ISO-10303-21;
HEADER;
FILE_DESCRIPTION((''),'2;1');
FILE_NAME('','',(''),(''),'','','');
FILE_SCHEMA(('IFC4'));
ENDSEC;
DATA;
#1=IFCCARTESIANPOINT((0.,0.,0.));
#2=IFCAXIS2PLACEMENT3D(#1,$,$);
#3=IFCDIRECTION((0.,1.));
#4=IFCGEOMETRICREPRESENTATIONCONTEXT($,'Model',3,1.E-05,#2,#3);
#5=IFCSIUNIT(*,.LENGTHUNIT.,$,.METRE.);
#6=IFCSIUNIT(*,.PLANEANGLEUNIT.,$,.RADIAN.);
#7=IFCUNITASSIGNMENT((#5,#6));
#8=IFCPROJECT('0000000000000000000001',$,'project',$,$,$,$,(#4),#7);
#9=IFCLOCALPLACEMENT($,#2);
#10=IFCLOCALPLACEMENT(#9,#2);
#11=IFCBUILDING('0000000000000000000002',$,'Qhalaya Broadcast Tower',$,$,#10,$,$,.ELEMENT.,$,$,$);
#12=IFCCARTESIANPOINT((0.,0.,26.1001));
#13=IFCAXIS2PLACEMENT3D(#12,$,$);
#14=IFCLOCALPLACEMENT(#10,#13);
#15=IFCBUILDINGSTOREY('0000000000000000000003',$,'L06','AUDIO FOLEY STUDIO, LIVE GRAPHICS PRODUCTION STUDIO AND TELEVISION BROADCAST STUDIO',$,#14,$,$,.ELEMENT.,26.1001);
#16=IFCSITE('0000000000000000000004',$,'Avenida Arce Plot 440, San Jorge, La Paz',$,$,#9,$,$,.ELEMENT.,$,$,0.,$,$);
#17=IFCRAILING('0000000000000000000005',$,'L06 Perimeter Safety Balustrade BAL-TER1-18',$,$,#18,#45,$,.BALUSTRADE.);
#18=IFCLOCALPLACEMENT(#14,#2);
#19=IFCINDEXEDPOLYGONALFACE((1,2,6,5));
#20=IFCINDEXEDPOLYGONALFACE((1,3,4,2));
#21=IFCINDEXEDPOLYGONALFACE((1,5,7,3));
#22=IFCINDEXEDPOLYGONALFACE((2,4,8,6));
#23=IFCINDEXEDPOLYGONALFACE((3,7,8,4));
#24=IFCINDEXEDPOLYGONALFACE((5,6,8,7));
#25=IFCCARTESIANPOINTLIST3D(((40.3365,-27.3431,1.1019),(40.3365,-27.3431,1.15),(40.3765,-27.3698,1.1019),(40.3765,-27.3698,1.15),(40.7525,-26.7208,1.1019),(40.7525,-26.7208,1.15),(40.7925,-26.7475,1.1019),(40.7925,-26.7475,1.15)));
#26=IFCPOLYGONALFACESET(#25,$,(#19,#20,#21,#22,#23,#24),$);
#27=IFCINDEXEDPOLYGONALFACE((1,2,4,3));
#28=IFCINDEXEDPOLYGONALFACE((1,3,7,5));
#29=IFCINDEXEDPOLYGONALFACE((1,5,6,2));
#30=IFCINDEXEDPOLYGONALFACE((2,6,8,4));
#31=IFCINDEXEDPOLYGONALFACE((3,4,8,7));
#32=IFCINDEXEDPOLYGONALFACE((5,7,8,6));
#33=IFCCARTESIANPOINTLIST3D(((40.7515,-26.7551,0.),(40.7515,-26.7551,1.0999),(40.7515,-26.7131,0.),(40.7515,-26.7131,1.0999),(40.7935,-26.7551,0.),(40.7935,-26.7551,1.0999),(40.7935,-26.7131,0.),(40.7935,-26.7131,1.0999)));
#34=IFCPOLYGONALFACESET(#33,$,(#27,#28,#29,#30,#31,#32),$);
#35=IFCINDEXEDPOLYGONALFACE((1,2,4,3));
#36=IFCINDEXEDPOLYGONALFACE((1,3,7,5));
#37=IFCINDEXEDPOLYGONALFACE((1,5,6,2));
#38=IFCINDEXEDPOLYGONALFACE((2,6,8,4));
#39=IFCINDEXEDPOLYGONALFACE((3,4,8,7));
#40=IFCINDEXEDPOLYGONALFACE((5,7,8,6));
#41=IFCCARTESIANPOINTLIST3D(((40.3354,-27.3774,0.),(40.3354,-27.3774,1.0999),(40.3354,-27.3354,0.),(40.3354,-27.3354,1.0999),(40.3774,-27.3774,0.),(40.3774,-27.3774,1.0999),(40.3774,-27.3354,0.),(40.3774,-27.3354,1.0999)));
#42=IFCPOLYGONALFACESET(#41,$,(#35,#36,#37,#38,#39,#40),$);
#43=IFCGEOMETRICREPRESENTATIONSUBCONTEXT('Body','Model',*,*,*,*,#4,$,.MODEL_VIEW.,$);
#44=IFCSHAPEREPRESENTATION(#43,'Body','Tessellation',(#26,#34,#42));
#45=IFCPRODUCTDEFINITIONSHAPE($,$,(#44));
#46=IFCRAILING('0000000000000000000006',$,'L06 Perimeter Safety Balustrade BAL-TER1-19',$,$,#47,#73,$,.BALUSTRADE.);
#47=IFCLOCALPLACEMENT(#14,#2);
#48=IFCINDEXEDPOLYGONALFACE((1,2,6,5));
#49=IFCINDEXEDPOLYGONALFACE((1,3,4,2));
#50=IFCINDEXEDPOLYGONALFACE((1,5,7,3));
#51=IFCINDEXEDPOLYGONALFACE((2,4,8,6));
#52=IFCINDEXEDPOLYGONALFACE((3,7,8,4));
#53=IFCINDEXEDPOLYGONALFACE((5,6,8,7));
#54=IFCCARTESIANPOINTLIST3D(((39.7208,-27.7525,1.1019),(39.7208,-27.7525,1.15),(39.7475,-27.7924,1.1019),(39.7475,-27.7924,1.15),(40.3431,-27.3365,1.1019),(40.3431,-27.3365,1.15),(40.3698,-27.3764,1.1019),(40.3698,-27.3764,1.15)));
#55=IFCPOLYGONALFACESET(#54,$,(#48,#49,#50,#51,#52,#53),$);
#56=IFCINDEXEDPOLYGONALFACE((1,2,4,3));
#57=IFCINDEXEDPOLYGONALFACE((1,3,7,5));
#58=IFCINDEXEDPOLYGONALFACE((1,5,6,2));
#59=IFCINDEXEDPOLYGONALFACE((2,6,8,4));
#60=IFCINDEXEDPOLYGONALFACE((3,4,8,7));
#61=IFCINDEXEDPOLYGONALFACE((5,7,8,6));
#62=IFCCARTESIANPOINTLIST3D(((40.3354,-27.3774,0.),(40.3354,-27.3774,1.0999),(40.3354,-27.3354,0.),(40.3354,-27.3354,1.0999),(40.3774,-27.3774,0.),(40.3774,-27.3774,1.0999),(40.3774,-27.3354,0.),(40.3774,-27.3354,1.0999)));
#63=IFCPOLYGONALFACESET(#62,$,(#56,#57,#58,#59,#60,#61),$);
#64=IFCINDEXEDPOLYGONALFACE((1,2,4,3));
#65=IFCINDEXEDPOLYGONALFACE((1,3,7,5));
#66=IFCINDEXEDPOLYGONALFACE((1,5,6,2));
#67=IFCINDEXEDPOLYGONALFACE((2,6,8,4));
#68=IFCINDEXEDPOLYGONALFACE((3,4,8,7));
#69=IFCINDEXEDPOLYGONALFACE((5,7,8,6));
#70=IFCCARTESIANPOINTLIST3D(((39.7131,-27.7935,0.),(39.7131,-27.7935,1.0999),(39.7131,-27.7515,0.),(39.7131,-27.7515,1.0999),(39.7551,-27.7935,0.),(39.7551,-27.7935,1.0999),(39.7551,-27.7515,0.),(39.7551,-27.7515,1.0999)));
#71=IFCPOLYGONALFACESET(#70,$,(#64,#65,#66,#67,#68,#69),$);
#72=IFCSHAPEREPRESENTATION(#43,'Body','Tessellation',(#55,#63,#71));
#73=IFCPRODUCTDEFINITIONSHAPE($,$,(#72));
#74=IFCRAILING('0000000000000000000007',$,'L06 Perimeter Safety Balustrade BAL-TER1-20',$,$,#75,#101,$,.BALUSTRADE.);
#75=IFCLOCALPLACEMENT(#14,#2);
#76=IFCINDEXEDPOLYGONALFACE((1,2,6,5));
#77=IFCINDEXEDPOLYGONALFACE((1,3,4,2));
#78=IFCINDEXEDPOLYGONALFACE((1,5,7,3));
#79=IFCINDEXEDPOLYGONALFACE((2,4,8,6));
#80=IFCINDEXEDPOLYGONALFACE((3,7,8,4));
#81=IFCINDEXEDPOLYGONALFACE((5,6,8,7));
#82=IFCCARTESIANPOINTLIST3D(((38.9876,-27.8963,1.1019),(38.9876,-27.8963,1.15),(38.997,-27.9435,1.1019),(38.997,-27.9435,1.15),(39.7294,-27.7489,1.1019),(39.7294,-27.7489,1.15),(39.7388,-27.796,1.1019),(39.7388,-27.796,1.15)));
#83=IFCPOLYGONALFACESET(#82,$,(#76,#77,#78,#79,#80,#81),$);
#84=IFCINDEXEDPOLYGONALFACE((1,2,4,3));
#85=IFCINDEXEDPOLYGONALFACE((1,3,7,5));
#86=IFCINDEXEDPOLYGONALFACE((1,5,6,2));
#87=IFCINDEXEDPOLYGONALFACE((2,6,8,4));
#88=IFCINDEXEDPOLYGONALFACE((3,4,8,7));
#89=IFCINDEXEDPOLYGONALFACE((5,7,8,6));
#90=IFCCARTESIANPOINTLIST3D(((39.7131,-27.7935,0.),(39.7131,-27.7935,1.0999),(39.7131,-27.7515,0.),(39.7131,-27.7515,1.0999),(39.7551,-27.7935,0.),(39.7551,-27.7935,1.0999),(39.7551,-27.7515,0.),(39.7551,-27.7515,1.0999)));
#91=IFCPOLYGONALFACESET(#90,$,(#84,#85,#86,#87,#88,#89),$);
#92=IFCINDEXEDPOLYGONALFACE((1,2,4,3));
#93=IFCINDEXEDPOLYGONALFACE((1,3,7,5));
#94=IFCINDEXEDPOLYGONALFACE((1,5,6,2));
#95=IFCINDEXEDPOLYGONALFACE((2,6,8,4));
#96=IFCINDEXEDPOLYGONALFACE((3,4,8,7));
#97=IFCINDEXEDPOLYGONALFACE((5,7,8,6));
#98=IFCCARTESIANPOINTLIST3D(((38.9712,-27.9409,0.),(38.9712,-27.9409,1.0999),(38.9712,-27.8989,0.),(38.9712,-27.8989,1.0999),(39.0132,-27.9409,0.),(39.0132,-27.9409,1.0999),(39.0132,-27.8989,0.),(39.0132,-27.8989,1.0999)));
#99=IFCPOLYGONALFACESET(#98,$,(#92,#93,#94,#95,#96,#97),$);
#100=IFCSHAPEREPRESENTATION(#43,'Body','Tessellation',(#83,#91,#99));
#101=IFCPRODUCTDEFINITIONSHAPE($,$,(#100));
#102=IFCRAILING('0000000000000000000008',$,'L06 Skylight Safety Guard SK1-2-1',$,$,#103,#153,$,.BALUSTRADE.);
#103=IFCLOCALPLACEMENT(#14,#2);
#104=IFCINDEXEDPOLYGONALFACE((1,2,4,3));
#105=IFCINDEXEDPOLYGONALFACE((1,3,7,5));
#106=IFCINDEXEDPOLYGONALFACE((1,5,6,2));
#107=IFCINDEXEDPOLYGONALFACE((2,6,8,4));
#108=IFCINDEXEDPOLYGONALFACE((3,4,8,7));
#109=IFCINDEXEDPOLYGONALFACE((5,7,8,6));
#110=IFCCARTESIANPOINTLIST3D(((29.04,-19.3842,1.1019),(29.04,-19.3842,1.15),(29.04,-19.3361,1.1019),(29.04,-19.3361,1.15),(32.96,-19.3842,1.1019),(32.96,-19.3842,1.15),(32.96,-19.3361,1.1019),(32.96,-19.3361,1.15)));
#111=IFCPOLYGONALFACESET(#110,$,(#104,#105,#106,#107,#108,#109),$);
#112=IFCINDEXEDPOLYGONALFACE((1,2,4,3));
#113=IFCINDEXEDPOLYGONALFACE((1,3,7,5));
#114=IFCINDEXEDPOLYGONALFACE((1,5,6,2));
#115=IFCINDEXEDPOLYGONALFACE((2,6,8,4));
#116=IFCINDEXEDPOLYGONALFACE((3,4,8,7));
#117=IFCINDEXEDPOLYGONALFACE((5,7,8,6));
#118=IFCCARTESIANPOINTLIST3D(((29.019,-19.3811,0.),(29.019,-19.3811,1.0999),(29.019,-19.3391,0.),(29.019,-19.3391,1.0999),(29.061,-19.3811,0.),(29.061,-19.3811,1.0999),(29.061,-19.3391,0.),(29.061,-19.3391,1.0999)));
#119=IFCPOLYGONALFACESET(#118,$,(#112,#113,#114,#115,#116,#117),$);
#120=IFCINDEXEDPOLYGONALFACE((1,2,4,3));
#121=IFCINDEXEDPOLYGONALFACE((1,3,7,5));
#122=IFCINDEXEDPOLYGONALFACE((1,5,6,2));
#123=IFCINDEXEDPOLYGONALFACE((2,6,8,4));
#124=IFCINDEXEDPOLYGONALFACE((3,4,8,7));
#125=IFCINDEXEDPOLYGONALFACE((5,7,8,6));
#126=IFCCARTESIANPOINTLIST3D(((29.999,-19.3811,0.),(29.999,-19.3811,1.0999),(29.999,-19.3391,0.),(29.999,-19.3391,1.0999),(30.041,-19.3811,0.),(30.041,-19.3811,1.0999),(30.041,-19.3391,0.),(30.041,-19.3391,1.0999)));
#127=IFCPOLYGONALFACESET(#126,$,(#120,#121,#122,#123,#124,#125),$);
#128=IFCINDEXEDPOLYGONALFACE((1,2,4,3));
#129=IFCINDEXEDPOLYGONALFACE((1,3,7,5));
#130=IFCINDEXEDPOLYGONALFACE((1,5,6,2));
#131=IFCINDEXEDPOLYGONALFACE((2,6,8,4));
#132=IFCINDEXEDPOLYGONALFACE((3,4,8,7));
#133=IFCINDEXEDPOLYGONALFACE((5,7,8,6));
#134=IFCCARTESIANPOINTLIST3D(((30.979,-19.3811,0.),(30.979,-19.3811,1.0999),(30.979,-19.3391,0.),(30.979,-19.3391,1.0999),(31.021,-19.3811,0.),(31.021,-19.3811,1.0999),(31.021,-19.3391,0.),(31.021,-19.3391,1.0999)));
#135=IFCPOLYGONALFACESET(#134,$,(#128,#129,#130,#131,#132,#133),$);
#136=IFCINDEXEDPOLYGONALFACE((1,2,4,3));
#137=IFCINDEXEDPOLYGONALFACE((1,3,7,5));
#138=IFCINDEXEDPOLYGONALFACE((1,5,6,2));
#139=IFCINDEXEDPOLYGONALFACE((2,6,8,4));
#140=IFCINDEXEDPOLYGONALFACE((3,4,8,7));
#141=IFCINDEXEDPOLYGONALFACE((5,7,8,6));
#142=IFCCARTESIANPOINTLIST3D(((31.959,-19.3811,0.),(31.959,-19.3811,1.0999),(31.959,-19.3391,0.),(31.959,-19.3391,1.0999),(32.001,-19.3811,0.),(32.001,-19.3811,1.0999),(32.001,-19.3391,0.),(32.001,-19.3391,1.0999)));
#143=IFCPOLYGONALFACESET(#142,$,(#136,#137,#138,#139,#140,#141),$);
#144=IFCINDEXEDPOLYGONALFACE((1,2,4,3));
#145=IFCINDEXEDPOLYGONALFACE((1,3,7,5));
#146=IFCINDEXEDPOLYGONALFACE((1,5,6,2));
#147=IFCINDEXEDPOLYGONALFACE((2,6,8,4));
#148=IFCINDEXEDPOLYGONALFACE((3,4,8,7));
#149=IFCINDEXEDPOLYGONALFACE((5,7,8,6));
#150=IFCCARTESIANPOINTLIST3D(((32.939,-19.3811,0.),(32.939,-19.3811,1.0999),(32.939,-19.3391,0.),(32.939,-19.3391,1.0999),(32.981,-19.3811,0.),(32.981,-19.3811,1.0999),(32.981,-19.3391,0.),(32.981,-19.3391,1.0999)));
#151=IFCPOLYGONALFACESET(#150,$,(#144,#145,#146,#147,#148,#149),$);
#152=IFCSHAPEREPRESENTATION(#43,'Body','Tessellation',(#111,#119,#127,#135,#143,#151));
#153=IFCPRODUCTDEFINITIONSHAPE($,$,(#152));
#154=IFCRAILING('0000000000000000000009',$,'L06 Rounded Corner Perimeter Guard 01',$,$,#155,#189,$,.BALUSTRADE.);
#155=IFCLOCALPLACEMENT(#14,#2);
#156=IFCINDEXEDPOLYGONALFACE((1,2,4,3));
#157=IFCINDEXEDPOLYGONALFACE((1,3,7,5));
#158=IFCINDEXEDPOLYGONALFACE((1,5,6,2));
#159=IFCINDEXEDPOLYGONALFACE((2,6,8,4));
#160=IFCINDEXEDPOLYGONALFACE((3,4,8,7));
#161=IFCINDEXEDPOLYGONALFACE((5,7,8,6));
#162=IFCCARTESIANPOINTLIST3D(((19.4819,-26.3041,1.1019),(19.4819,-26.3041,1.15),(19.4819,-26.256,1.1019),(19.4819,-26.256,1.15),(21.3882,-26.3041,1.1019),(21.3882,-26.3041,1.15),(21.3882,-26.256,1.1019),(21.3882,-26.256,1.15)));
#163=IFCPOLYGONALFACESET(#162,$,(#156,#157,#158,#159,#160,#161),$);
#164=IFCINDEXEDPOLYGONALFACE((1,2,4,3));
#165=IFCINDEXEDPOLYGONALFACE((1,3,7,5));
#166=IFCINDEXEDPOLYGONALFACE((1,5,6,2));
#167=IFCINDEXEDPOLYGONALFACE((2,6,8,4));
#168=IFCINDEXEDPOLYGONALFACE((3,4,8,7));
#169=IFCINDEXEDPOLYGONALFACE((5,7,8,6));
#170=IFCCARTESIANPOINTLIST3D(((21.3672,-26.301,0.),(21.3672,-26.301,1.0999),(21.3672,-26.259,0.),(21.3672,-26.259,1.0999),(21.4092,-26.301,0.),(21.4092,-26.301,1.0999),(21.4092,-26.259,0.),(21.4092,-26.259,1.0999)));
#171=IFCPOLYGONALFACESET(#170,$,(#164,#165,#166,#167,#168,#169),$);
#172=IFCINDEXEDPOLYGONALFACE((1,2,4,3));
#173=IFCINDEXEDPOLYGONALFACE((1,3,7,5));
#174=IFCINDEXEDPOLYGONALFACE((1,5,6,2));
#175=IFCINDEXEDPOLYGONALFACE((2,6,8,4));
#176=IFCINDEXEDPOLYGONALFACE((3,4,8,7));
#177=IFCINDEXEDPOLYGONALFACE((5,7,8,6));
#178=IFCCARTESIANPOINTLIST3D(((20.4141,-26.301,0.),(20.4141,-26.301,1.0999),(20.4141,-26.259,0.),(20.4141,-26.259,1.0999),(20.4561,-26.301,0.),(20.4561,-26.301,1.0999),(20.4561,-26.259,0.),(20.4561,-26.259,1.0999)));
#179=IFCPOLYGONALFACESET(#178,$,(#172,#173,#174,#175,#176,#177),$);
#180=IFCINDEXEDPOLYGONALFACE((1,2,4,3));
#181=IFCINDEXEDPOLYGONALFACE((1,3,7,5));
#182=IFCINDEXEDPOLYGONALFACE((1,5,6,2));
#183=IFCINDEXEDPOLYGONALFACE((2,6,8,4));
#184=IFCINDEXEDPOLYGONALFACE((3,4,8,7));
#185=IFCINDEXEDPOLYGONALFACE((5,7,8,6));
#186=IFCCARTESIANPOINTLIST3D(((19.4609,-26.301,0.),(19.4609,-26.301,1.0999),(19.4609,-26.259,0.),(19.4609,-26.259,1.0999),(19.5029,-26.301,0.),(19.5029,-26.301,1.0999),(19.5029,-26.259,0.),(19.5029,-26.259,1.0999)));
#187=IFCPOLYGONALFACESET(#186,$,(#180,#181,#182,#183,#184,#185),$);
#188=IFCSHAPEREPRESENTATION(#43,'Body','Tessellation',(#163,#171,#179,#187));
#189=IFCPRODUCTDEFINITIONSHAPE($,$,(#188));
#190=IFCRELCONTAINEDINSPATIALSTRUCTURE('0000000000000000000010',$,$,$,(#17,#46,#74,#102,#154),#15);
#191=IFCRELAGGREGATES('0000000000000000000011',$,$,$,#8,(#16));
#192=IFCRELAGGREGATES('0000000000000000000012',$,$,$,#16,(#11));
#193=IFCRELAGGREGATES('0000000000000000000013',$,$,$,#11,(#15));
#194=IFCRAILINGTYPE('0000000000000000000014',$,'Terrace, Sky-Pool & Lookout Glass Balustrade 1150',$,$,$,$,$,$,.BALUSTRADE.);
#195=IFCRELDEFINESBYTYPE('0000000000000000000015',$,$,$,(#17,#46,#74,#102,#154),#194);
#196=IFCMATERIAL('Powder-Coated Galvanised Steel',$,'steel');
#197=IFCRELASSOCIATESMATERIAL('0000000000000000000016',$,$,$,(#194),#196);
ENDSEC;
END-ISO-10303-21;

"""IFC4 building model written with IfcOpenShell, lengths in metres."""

from ifc_helpers import new_model, si_unit, direction, frame, origin, origin_2d, place, context, subcontext, project, spatial, rectangle, extrude, material, type_object, element, save


model = new_model("IFC4")

# Units and contexts
model_context = context("Model", 3, precision=1e-05, world=origin(), true_north=direction((0.0, 1.0)))
body_context = subcontext(model_context, "Body", "Model", "MODEL_VIEW")
ifc_project = project(units=[si_unit("LENGTHUNIT", "METRE"), si_unit("PLANEANGLEUNIT", "RADIAN")], contexts=[model_context])

# Site, building, storey
site_placement = place(None, origin())
site = spatial("IfcSite", under=ifc_project, at=site_placement, Name="Avenida Arce Plot 440, San Jorge, La Paz", CompositionType="ELEMENT", RefElevation=0.0)
building_placement = place(site_placement, origin())
building = spatial("IfcBuilding", under=site, at=building_placement, Name="Qhalaya Broadcast Tower", CompositionType="ELEMENT")
storey_placement = place(building_placement, frame((0.0, 0.0, 26.1001)))
storey = spatial("IfcBuildingStorey", under=building, at=storey_placement, Name="L06", Description="AUDIO FOLEY STUDIO, LIVE GRAPHICS PRODUCTION STUDIO AND TELEVISION BROADCAST STUDIO", CompositionType="ELEMENT", Elevation=26.1001)

# Railings
ifc_material_1 = material(Name="Powder-Coated Galvanised Steel", Category="steel")
railing_type = type_object("IfcRailingType", Name="Terrace, Sky-Pool & Lookout Glass Balustrade 1150", PredefinedType="BALUSTRADE", material=ifc_material_1)
railing_1_placement = place(storey_placement, frame((40.7725, -26.7341, 0.0)))
element("IfcRailing", 1, at=railing_1_placement, inside=storey, type_object=railing_type, Name="L06 Perimeter Safety Balustrade BAL-TER1-18", PredefinedType="BALUSTRADE", context=body_context, shape_type="SweptSolid", body=[
    extrude(rectangle(XDim=0.0481, YDim=0.0481, at=origin_2d()), frame((0.0, 0.0, 1.126), z_axis=(-0.555753, -0.831347, 0.0), x_axis=(0.831347, -0.555753, 0.0)), (0.0, 0.0, 1.0), 0.7485),
    extrude(rectangle(XDim=0.042, YDim=0.042, at=origin_2d()), origin(), (0.0, 0.0, 1.0), 1.0999),
    extrude(rectangle(XDim=0.042, YDim=0.042, at=origin_2d()), frame((-0.416, -0.6223, 0.0)), (0.0, 0.0, 1.0), 1.0999),
])
railing_2_placement = place(storey_placement, frame((40.3564, -27.3564, 0.0)))
element("IfcRailing", 2, at=railing_2_placement, inside=storey, type_object=railing_type, Name="L06 Perimeter Safety Balustrade BAL-TER1-19", PredefinedType="BALUSTRADE", context=body_context, shape_type="SweptSolid", body=[
    extrude(rectangle(XDim=0.0481, YDim=0.0481, at=origin_2d()), frame((0.0, 0.0, 1.126), z_axis=(-0.831347, -0.555753, 0.0), x_axis=(0.555753, -0.831347, 0.0)), (0.0, 0.0, 1.0), 0.7485),
    extrude(rectangle(XDim=0.042, YDim=0.042, at=origin_2d()), origin(), (0.0, 0.0, 1.0), 1.0999),
    extrude(rectangle(XDim=0.042, YDim=0.042, at=origin_2d()), frame((-0.6223, -0.416, 0.0)), (0.0, 0.0, 1.0), 1.0999),
])
railing_3_placement = place(storey_placement, frame((39.7341, -27.7725, 0.0)))
element("IfcRailing", 3, at=railing_3_placement, inside=storey, type_object=railing_type, Name="L06 Perimeter Safety Balustrade BAL-TER1-20", PredefinedType="BALUSTRADE", context=body_context, shape_type="SweptSolid", body=[
    extrude(rectangle(XDim=0.0481, YDim=0.0481, at=origin_2d()), frame((0.0, 0.0, 1.126), z_axis=(-0.980816, -0.194937, 0.0), x_axis=(0.194937, -0.980816, 0.0)), (0.0, 0.0, 1.0), 0.7563),
    extrude(rectangle(XDim=0.042, YDim=0.042, at=origin_2d()), origin(), (0.0, 0.0, 1.0), 1.0999),
    extrude(rectangle(XDim=0.042, YDim=0.042, at=origin_2d()), frame((-0.7419, -0.1475, 0.0)), (0.0, 0.0, 1.0), 1.0999),
])
railing_4_placement = place(storey_placement, frame((29.04, -19.3601, 0.0)))
element("IfcRailing", 4, at=railing_4_placement, inside=storey, type_object=railing_type, Name="L06 Skylight Safety Guard SK1-2-1", PredefinedType="BALUSTRADE", context=body_context, shape_type="SweptSolid", body=[
    extrude(rectangle(XDim=0.0481, YDim=0.0481, at=origin_2d()), frame((0.0, 0.0, 1.126), z_axis=(1.0, 0.0, 0.0), x_axis=(0.0, 1.0, 0.0)), (0.0, 0.0, 1.0), 3.9199),
    extrude(rectangle(XDim=0.042, YDim=0.042, at=origin_2d()), origin(), (0.0, 0.0, 1.0), 1.0999),
    extrude(rectangle(XDim=0.042, YDim=0.042, at=origin_2d()), frame((0.98, 0.0, 0.0)), (0.0, 0.0, 1.0), 1.0999),
    extrude(rectangle(XDim=0.042, YDim=0.042, at=origin_2d()), frame((1.96, 0.0, 0.0)), (0.0, 0.0, 1.0), 1.0999),
    extrude(rectangle(XDim=0.042, YDim=0.042, at=origin_2d()), frame((2.9399, 0.0, 0.0)), (0.0, 0.0, 1.0), 1.0999),
    extrude(rectangle(XDim=0.042, YDim=0.042, at=origin_2d()), frame((3.9199, 0.0, 0.0)), (0.0, 0.0, 1.0), 1.0999),
])
railing_5_placement = place(storey_placement, frame((21.3882, -26.28, 0.0)))
element("IfcRailing", 5, at=railing_5_placement, inside=storey, type_object=railing_type, Name="L06 Rounded Corner Perimeter Guard 01", PredefinedType="BALUSTRADE", context=body_context, shape_type="SweptSolid", body=[
    extrude(rectangle(XDim=0.0481, YDim=0.0481, at=origin_2d()), frame((0.0, 0.0, 1.126), z_axis=(-1.0, 0.0, 0.0), x_axis=(0.0, -1.0, 0.0)), (0.0, 0.0, 1.0), 1.9062),
    extrude(rectangle(XDim=0.042, YDim=0.042, at=origin_2d()), origin(), (0.0, 0.0, 1.0), 1.0999),
    extrude(rectangle(XDim=0.042, YDim=0.042, at=origin_2d()), frame((-0.9531, 0.0, 0.0)), (0.0, 0.0, 1.0), 1.0999),
    extrude(rectangle(XDim=0.042, YDim=0.042, at=origin_2d()), frame((-1.9062, 0.0, 0.0)), (0.0, 0.0, 1.0), 1.0999),
])

save(model, "model.ifc")
